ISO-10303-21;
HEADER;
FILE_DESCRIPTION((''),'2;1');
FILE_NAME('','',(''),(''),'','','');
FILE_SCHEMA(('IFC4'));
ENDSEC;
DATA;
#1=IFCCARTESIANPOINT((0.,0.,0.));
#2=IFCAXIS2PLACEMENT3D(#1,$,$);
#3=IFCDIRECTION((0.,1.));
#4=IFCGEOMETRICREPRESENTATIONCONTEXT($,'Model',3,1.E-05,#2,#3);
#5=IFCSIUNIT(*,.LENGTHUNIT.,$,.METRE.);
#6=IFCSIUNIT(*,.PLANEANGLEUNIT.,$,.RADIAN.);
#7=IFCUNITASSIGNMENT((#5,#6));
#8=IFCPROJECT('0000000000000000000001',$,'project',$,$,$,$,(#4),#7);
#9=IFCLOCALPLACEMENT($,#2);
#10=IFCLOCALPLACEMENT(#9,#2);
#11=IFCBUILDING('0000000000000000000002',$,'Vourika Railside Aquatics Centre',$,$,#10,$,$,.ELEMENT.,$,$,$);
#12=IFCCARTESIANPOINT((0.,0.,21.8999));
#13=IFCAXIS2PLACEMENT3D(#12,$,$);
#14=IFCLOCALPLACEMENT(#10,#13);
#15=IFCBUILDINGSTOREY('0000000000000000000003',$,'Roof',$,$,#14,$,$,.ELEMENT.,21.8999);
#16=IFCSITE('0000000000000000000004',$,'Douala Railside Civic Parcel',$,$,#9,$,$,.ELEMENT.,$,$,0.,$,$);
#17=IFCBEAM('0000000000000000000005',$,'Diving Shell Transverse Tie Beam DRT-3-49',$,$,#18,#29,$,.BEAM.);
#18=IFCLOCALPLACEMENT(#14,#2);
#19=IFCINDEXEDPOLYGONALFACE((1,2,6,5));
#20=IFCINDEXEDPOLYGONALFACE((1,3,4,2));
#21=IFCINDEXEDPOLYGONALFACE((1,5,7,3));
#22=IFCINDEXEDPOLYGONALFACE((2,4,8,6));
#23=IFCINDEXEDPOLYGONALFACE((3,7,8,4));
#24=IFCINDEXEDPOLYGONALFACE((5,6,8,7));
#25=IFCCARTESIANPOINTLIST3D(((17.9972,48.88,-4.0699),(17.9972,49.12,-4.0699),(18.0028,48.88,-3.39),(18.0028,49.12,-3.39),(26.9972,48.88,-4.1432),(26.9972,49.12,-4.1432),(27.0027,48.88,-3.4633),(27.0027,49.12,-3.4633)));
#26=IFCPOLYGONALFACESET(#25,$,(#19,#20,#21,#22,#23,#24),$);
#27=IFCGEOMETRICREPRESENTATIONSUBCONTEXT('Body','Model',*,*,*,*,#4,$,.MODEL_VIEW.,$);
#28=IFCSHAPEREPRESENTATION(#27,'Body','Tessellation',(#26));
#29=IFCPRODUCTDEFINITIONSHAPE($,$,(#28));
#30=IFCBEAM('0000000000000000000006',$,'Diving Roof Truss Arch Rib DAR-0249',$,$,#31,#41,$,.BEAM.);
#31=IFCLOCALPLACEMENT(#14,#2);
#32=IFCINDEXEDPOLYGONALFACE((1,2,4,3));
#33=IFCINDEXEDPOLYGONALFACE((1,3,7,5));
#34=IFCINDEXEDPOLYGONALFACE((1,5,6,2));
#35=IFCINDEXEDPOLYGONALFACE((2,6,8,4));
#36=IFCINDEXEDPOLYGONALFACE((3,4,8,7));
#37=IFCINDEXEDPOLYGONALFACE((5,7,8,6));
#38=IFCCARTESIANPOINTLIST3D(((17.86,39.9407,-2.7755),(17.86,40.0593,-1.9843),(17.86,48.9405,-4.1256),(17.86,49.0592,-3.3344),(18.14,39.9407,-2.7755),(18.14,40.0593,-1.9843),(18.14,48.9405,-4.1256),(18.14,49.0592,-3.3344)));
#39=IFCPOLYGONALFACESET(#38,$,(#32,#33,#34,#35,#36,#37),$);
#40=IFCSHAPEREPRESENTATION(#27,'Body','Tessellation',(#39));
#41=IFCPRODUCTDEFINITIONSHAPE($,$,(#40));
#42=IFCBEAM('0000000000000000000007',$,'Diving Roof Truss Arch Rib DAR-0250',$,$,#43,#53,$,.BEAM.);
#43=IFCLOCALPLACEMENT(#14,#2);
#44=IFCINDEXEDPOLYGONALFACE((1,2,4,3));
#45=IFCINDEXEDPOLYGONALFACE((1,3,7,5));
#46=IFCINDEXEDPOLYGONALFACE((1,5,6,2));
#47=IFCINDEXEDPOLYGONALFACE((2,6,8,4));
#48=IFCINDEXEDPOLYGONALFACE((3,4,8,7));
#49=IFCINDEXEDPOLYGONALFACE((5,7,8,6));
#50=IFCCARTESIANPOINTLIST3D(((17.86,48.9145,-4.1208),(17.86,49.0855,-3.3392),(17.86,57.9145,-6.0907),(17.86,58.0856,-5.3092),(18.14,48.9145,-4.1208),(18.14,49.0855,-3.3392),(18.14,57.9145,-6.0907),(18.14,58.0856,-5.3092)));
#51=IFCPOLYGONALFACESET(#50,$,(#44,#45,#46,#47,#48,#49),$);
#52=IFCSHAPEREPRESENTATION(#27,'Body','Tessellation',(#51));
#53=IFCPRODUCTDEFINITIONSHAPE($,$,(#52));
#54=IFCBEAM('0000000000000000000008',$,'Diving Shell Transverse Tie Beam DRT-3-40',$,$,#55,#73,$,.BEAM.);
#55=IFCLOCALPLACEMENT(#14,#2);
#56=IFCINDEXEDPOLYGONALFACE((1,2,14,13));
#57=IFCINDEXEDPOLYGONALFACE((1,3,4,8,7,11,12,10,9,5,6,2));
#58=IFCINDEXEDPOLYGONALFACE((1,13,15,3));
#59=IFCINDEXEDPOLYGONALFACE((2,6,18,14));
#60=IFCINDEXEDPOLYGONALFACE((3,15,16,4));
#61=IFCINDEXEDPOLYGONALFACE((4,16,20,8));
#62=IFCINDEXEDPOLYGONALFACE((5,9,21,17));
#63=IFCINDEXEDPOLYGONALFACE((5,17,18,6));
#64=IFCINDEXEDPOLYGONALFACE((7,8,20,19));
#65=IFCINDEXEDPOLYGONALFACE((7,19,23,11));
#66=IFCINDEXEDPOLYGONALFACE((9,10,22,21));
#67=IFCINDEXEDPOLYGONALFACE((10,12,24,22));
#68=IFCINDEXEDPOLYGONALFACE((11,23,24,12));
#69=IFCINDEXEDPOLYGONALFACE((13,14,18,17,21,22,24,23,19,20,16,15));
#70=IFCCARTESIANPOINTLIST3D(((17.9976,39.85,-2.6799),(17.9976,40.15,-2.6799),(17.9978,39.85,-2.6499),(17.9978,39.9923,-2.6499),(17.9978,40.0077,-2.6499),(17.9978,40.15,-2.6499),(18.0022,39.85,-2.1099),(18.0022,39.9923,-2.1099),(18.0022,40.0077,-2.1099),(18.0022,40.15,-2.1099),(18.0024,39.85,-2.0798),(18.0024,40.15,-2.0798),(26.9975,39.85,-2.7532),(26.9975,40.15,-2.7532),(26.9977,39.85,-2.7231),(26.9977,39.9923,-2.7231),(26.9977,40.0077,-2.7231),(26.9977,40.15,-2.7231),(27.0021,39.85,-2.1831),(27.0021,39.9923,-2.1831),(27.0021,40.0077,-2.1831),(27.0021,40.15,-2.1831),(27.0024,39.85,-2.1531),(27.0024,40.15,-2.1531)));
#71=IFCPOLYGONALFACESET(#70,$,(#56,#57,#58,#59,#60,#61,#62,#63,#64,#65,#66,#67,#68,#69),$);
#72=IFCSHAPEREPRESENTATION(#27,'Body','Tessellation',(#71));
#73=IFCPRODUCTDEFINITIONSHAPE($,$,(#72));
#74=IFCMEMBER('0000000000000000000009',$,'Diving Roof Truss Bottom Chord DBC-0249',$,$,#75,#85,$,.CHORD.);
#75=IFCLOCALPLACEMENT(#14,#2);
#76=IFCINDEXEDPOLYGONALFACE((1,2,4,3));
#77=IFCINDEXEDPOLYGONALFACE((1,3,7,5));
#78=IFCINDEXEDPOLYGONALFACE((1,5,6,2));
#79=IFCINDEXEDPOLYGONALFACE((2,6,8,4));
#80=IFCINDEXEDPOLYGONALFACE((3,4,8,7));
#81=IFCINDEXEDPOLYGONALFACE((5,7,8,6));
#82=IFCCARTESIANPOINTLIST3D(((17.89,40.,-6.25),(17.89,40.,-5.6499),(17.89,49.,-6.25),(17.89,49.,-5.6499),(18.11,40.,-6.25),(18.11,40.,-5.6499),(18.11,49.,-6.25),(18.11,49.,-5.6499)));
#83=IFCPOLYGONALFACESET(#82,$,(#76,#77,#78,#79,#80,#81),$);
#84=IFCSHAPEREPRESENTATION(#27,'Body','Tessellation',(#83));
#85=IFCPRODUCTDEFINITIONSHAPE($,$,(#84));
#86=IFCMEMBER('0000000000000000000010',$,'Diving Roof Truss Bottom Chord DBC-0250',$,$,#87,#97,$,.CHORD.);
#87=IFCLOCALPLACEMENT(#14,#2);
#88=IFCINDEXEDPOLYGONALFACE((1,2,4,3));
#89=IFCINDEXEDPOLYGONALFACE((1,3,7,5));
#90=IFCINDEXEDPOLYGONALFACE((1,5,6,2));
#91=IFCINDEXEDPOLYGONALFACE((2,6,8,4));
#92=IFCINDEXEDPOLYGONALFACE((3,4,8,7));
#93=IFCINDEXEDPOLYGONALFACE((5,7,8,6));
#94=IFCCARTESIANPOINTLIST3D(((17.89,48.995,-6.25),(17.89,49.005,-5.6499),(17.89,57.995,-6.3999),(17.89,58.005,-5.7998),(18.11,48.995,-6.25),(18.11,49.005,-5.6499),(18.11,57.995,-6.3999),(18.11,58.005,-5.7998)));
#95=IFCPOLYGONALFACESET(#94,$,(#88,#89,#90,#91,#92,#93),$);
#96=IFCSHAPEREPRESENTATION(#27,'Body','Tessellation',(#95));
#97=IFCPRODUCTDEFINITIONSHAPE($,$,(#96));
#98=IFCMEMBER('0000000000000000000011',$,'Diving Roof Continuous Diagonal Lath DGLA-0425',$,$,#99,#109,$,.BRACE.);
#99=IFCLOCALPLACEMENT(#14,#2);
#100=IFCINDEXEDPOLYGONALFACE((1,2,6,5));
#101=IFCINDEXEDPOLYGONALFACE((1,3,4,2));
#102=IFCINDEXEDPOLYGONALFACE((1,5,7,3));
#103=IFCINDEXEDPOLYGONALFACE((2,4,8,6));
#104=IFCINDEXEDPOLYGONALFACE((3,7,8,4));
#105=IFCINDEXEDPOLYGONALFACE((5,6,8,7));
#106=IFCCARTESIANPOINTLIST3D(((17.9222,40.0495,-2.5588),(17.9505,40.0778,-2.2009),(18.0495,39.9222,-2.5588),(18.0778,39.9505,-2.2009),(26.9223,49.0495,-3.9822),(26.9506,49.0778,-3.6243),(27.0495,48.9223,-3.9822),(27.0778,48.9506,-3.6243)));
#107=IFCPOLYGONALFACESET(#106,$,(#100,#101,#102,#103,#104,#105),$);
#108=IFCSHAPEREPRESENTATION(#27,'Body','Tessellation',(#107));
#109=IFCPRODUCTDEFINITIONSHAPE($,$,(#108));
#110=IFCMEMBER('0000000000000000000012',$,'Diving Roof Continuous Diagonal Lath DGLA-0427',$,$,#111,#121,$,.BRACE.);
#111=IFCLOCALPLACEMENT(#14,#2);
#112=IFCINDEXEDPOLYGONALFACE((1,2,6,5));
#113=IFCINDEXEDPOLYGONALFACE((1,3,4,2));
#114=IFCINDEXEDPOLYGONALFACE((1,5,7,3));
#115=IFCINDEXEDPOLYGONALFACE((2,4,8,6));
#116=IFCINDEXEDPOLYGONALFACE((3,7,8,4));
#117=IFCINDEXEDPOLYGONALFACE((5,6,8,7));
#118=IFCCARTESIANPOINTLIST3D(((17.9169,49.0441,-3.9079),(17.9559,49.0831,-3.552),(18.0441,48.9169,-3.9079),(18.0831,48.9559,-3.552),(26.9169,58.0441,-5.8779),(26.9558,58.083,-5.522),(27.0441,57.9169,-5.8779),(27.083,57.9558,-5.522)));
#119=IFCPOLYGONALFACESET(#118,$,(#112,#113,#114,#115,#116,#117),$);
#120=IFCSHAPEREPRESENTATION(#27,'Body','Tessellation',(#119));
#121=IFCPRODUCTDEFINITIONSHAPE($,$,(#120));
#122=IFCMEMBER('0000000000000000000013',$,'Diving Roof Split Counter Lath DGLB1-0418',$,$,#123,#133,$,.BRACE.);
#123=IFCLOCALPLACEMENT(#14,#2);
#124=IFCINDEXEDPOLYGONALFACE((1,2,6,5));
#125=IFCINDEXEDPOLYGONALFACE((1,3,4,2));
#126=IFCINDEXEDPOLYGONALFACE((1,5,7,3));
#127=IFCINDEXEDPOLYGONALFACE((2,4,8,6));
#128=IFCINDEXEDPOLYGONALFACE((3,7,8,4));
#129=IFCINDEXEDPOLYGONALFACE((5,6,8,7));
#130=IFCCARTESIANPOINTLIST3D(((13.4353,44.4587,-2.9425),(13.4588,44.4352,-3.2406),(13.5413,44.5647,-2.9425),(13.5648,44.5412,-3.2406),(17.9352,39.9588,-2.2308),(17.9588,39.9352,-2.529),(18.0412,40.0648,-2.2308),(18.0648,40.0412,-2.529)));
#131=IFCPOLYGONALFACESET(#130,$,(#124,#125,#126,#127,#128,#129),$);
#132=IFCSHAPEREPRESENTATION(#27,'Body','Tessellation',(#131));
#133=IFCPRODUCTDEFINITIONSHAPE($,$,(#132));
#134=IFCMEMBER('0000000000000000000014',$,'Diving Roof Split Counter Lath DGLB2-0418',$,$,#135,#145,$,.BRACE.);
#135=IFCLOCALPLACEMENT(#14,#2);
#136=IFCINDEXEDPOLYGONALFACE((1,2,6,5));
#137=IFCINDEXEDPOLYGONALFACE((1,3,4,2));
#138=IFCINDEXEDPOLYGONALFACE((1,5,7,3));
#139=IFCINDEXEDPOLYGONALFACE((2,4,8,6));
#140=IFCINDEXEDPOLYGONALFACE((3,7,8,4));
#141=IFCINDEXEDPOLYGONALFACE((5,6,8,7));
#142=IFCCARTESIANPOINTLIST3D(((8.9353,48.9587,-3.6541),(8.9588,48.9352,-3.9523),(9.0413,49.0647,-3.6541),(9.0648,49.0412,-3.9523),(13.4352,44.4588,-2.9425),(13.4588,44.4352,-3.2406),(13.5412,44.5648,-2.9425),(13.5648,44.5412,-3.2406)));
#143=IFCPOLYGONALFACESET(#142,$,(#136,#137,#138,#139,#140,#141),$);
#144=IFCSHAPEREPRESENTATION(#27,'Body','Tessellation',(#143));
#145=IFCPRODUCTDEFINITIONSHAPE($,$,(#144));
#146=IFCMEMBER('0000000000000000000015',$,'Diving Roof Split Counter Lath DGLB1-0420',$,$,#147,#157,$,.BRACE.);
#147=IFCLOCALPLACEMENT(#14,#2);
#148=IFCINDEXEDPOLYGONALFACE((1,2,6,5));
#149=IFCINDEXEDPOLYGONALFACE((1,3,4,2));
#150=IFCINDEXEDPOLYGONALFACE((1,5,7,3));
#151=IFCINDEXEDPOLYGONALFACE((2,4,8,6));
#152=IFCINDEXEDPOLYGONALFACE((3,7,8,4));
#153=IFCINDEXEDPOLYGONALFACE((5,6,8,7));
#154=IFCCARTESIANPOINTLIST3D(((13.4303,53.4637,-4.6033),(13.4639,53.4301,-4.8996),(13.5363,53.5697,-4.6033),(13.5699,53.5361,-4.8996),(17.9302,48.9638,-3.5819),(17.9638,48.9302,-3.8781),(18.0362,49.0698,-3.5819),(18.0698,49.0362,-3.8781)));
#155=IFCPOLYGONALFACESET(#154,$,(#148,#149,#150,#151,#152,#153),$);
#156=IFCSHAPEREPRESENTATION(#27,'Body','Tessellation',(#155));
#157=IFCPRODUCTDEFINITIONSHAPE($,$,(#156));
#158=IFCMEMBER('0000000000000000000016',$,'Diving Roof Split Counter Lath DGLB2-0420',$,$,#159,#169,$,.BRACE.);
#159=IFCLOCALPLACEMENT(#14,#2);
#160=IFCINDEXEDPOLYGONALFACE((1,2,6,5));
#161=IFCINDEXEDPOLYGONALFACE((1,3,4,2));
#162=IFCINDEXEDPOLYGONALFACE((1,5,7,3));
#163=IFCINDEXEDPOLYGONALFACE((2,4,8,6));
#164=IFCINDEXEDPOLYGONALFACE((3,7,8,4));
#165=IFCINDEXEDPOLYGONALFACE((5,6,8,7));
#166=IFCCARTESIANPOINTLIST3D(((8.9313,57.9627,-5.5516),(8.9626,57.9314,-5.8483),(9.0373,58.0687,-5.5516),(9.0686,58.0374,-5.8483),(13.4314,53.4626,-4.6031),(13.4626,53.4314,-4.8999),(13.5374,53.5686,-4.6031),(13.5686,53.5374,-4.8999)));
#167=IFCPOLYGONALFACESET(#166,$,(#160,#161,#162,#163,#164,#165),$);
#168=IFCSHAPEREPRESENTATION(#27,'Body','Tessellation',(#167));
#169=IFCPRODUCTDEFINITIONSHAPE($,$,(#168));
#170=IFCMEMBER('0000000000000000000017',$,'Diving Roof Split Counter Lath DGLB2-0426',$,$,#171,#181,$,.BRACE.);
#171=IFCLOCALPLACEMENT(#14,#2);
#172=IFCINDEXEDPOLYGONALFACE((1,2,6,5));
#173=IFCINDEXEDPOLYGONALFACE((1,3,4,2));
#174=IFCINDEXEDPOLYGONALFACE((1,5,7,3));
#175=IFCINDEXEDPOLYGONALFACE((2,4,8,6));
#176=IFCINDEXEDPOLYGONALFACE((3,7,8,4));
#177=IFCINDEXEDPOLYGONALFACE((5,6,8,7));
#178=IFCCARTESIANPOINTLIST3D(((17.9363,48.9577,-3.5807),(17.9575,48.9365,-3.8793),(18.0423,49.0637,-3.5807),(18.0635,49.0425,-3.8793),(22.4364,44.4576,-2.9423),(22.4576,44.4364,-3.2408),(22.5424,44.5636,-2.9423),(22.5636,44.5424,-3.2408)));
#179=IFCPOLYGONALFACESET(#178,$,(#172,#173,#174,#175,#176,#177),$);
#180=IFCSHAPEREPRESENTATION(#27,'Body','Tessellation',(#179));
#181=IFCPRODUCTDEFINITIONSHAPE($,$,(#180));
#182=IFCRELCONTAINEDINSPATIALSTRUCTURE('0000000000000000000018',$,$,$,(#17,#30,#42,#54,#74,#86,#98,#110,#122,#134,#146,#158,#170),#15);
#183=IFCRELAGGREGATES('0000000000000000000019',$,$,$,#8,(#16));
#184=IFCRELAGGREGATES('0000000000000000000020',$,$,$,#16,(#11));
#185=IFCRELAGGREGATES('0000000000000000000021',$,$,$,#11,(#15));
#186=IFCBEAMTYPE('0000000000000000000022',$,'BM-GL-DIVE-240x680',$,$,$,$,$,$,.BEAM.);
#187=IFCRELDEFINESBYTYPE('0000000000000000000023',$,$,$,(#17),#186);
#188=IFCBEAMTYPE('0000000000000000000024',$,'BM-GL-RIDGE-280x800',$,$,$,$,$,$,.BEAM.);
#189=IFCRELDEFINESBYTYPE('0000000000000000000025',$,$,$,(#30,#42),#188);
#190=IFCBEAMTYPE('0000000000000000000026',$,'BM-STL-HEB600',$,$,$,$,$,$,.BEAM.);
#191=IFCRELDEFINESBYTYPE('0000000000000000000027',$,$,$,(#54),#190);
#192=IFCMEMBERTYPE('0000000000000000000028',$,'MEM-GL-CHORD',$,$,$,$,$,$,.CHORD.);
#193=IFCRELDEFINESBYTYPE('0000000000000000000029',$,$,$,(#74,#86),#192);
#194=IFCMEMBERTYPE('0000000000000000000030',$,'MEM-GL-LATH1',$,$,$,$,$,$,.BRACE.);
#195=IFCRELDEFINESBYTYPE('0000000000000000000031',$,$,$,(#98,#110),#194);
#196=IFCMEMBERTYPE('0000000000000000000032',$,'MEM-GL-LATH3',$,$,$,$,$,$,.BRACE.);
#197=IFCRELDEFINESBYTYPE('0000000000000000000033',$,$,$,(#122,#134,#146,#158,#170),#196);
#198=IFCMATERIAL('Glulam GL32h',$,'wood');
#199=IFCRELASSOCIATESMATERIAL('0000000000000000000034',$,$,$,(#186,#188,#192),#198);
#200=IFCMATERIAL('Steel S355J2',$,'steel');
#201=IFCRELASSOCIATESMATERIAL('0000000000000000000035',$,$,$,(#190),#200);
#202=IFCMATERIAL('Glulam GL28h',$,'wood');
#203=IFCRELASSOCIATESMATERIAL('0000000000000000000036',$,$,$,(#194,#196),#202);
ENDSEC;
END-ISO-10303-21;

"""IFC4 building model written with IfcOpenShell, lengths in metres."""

from ifc_helpers import new_model, si_unit, direction, frame, origin, origin_2d, place, context, subcontext, project, spatial, rectangle, i_section, extrude, material, material_profile, profile_set, type_object, element, save


model = new_model("IFC4")

# Units and contexts
model_context = context("Model", 3, precision=1e-05, world=origin(), true_north=direction((0.0, 1.0)))
body_context = subcontext(model_context, "Body", "Model", "MODEL_VIEW")
ifc_project = project(units=[si_unit("LENGTHUNIT", "METRE"), si_unit("PLANEANGLEUNIT", "RADIAN")], contexts=[model_context])

# Site, building, storey
site_placement = place(None, origin())
site = spatial("IfcSite", under=ifc_project, at=site_placement, Name="Douala Railside Civic Parcel", CompositionType="ELEMENT", RefElevation=0.0)
building_placement = place(site_placement, origin())
building = spatial("IfcBuilding", under=site, at=building_placement, Name="Vourika Railside Aquatics Centre", CompositionType="ELEMENT")
storey_placement = place(building_placement, frame((0.0, 0.0, 21.8999)))
storey = spatial("IfcBuildingStorey", under=building, at=storey_placement, Name="Roof", CompositionType="ELEMENT", Elevation=21.8999)

# Beams
ifc_material_1 = material(Name="Glulam GL32h", Category="wood")
ifc_material_profile_1 = material_profile(ifc_material_1, rectangle(XDim=0.24, YDim=0.6799, at=origin_2d()), Name="GL32h 240x680")
ifc_profile_set_1 = profile_set([ifc_material_profile_1], Name="Glulam GL32h")
beam_type_1 = type_object("IfcBeamType", Name="BM-GL-DIVE-240x680", PredefinedType="BEAM", material=ifc_profile_set_1)
beam_1_placement = place(storey_placement, frame((18.0, 49.0, -3.73), z_axis=(0.999967, 0.0, -0.008138), x_axis=(0.0, 1.0, 0.0)))
element("IfcBeam", 1, at=beam_1_placement, inside=storey, type_object=beam_type_1, Name="Diving Shell Transverse Tie Beam DRT-3-49", PredefinedType="BEAM", context=body_context, shape_type="SweptSolid", body=[
    extrude(rectangle(XDim=0.24, YDim=0.6799, at=origin_2d()), origin(), (0.0, 0.0, 1.0), 9.0002),
])
ifc_material_profile_2 = material_profile(ifc_material_1, rectangle(XDim=0.28, YDim=0.8, at=origin_2d()), Name="GL32h 280x800")
ifc_profile_set_2 = profile_set([ifc_material_profile_2], Name="Glulam GL32h")
beam_type_2 = type_object("IfcBeamType", Name="BM-GL-RIDGE-280x800", PredefinedType="BEAM", material=ifc_profile_set_2)
beam_2_placement = place(storey_placement, frame((18.0, 40.0, -2.3799), z_axis=(0.0, 0.988935, -0.148351), x_axis=(-1.0, 0.0, 0.0)))
element("IfcBeam", 2, at=beam_2_placement, inside=storey, type_object=beam_type_2, Name="Diving Roof Truss Arch Rib DAR-0249", PredefinedType="BEAM", context=body_context, shape_type="SweptSolid", body=[
    extrude(rectangle(XDim=0.28, YDim=0.8, at=origin_2d()), origin(), (0.0, 0.0, 1.0), 9.1006),
])
beam_3_placement = place(storey_placement, frame((18.0, 49.0, -3.73), z_axis=(0.0, 0.976872, -0.213823), x_axis=(-1.0, 0.0, 0.0)))
element("IfcBeam", 3, at=beam_3_placement, inside=storey, type_object=beam_type_2, Name="Diving Roof Truss Arch Rib DAR-0250", PredefinedType="BEAM", context=body_context, shape_type="SweptSolid", body=[
    extrude(rectangle(XDim=0.28, YDim=0.8, at=origin_2d()), origin(), (0.0, 0.0, 1.0), 9.2131),
])
ifc_material_2 = material(Name="Steel S355J2", Category="steel")
ifc_material_profile_3 = material_profile(ifc_material_2, i_section(OverallWidth=0.3, OverallDepth=0.6001, WebThickness=0.0154, FlangeThickness=0.03, at=origin_2d()), Name="HEB 600")
ifc_profile_set_3 = profile_set([ifc_material_profile_3], Name="Steel S355J2")
beam_type_3 = type_object("IfcBeamType", Name="BM-STL-HEB600", PredefinedType="BEAM", material=ifc_profile_set_3)
beam_4_placement = place(storey_placement, frame((18.0, 40.0, -2.3799), z_axis=(0.999967, 0.0, -0.008138), x_axis=(0.0, 1.0, 0.0)))
element("IfcBeam", 4, at=beam_4_placement, inside=storey, type_object=beam_type_3, Name="Diving Shell Transverse Tie Beam DRT-3-40", PredefinedType="BEAM", context=body_context, shape_type="SweptSolid", body=[
    extrude(i_section(OverallWidth=0.3, OverallDepth=0.6001, WebThickness=0.0154, FlangeThickness=0.03, at=origin_2d()), origin(), (0.0, 0.0, 1.0), 9.0002),
])

# Members
ifc_material_profile_4 = material_profile(ifc_material_1, rectangle(XDim=0.22, YDim=0.6001, at=origin_2d()), Name="GL32h 220x600")
ifc_profile_set_4 = profile_set([ifc_material_profile_4], Name="Glulam GL32h")
member_type_1 = type_object("IfcMemberType", Name="MEM-GL-CHORD", PredefinedType="CHORD", material=ifc_profile_set_4)
member_1_placement = place(storey_placement, frame((18.0, 40.0, -5.95), z_axis=(0.0, 1.0, 0.0), x_axis=(-1.0, 0.0, 0.0)))
element("IfcMember", 5, at=member_1_placement, inside=storey, type_object=member_type_1, Name="Diving Roof Truss Bottom Chord DBC-0249", PredefinedType="CHORD", context=body_context, shape_type="SweptSolid", body=[
    extrude(rectangle(XDim=0.22, YDim=0.6001, at=origin_2d()), origin(), (0.0, 0.0, 1.0), 9.0),
])
member_2_placement = place(storey_placement, frame((18.0, 49.0, -5.95), z_axis=(0.0, 0.999861, -0.016654), x_axis=(-1.0, 0.0, 0.0)))
element("IfcMember", 6, at=member_2_placement, inside=storey, type_object=member_type_1, Name="Diving Roof Truss Bottom Chord DBC-0250", PredefinedType="CHORD", context=body_context, shape_type="SweptSolid", body=[
    extrude(rectangle(XDim=0.22, YDim=0.6001, at=origin_2d()), origin(), (0.0, 0.0, 1.0), 9.0012),
])
ifc_material_3 = material(Name="Glulam GL28h", Category="wood")
ifc_material_profile_5 = material_profile(ifc_material_3, rectangle(XDim=0.1799, YDim=0.3601, at=origin_2d()), Name="GL28h 180x360")
ifc_profile_set_5 = profile_set([ifc_material_profile_5], Name="Glulam GL28h")
member_type_2 = type_object("IfcMemberType", Name="MEM-GL-LATH1", PredefinedType="BRACE", material=ifc_profile_set_5)
member_3_placement = place(storey_placement, frame((18.0, 40.0, -2.3799), z_axis=(0.702726, 0.702726, -0.111135), x_axis=(-0.707107, 0.707107, 0.0)))
element("IfcMember", 7, at=member_3_placement, inside=storey, type_object=member_type_2, Name="Diving Roof Continuous Diagonal Lath DGLA-0425", PredefinedType="BRACE", context=body_context, shape_type="SweptSolid", body=[
    extrude(rectangle(XDim=0.1799, YDim=0.3601, at=origin_2d()), origin(), (0.0, 0.0, 1.0), 12.8074),
])
member_4_placement = place(storey_placement, frame((18.0, 49.0, -3.73), z_axis=(0.698786, 0.698786, -0.152954), x_axis=(-0.707107, 0.707107, 0.0)))
element("IfcMember", 8, at=member_4_placement, inside=storey, type_object=member_type_2, Name="Diving Roof Continuous Diagonal Lath DGLA-0427", PredefinedType="BRACE", context=body_context, shape_type="SweptSolid", body=[
    extrude(rectangle(XDim=0.1799, YDim=0.3601, at=origin_2d()), origin(), (0.0, 0.0, 1.0), 12.8794),
])
ifc_material_profile_6 = material_profile(ifc_material_3, rectangle(XDim=0.1499, YDim=0.3, at=origin_2d()), Name="GL28h 150x300")
ifc_profile_set_6 = profile_set([ifc_material_profile_6], Name="Glulam GL28h")
member_type_3 = type_object("IfcMemberType", Name="MEM-GL-LATH3", PredefinedType="BRACE", material=ifc_profile_set_6)
for number, where, z_axis, x_axis, name in (
    (9, (18.0, 40.0, -2.3799), (-0.702726, 0.702726, -0.111135), (-0.707107, -0.707107, 0.0), "Diving Roof Split Counter Lath DGLB1-0418"),
    (10, (13.5, 44.5, -3.0916), (-0.702726, 0.702726, -0.111135), (-0.707107, -0.707107, 0.0), "Diving Roof Split Counter Lath DGLB2-0418"),
):
    element("IfcMember", number, at=place(storey_placement, frame(where, z_axis=z_axis, x_axis=x_axis)), inside=storey, type_object=member_type_3, Name=name, PredefinedType="BRACE", context=body_context, shape_type="SweptSolid", body=[
        extrude(rectangle(XDim=0.1499, YDim=0.3, at=origin_2d()), origin(), (0.0, 0.0, 1.0), 6.4036),
    ])
member_5_placement = place(storey_placement, frame((18.0, 49.0, -3.73), z_axis=(-0.69817, 0.69817, -0.158482), x_axis=(-0.707107, -0.707107, 0.0)))
element("IfcMember", 11, at=member_5_placement, inside=storey, type_object=member_type_3, Name="Diving Roof Split Counter Lath DGLB1-0420", PredefinedType="BRACE", context=body_context, shape_type="SweptSolid", body=[
    extrude(rectangle(XDim=0.1499, YDim=0.3, at=origin_2d()), origin(), (0.0, 0.0, 1.0), 6.4453),
])
member_6_placement = place(storey_placement, frame((13.5, 53.5, -4.7515), z_axis=(-0.699382, 0.699382, -0.147412), x_axis=(-0.707107, -0.707107, 0.0)))
element("IfcMember", 12, at=member_6_placement, inside=storey, type_object=member_type_3, Name="Diving Roof Split Counter Lath DGLB2-0420", PredefinedType="BRACE", context=body_context, shape_type="SweptSolid", body=[
    extrude(rectangle(XDim=0.1499, YDim=0.3, at=origin_2d()), origin(), (0.0, 0.0, 1.0), 6.4343),
])
member_7_placement = place(storey_placement, frame((22.5, 44.5, -3.0916), z_axis=(-0.703575, 0.703575, -0.099818), x_axis=(-0.707107, -0.707107, 0.0)))
element("IfcMember", 13, at=member_7_placement, inside=storey, type_object=member_type_3, Name="Diving Roof Split Counter Lath DGLB2-0426", PredefinedType="BRACE", context=body_context, shape_type="SweptSolid", body=[
    extrude(rectangle(XDim=0.1499, YDim=0.3, at=origin_2d()), origin(), (0.0, 0.0, 1.0), 6.396),
])

save(model, "model.ifc")
